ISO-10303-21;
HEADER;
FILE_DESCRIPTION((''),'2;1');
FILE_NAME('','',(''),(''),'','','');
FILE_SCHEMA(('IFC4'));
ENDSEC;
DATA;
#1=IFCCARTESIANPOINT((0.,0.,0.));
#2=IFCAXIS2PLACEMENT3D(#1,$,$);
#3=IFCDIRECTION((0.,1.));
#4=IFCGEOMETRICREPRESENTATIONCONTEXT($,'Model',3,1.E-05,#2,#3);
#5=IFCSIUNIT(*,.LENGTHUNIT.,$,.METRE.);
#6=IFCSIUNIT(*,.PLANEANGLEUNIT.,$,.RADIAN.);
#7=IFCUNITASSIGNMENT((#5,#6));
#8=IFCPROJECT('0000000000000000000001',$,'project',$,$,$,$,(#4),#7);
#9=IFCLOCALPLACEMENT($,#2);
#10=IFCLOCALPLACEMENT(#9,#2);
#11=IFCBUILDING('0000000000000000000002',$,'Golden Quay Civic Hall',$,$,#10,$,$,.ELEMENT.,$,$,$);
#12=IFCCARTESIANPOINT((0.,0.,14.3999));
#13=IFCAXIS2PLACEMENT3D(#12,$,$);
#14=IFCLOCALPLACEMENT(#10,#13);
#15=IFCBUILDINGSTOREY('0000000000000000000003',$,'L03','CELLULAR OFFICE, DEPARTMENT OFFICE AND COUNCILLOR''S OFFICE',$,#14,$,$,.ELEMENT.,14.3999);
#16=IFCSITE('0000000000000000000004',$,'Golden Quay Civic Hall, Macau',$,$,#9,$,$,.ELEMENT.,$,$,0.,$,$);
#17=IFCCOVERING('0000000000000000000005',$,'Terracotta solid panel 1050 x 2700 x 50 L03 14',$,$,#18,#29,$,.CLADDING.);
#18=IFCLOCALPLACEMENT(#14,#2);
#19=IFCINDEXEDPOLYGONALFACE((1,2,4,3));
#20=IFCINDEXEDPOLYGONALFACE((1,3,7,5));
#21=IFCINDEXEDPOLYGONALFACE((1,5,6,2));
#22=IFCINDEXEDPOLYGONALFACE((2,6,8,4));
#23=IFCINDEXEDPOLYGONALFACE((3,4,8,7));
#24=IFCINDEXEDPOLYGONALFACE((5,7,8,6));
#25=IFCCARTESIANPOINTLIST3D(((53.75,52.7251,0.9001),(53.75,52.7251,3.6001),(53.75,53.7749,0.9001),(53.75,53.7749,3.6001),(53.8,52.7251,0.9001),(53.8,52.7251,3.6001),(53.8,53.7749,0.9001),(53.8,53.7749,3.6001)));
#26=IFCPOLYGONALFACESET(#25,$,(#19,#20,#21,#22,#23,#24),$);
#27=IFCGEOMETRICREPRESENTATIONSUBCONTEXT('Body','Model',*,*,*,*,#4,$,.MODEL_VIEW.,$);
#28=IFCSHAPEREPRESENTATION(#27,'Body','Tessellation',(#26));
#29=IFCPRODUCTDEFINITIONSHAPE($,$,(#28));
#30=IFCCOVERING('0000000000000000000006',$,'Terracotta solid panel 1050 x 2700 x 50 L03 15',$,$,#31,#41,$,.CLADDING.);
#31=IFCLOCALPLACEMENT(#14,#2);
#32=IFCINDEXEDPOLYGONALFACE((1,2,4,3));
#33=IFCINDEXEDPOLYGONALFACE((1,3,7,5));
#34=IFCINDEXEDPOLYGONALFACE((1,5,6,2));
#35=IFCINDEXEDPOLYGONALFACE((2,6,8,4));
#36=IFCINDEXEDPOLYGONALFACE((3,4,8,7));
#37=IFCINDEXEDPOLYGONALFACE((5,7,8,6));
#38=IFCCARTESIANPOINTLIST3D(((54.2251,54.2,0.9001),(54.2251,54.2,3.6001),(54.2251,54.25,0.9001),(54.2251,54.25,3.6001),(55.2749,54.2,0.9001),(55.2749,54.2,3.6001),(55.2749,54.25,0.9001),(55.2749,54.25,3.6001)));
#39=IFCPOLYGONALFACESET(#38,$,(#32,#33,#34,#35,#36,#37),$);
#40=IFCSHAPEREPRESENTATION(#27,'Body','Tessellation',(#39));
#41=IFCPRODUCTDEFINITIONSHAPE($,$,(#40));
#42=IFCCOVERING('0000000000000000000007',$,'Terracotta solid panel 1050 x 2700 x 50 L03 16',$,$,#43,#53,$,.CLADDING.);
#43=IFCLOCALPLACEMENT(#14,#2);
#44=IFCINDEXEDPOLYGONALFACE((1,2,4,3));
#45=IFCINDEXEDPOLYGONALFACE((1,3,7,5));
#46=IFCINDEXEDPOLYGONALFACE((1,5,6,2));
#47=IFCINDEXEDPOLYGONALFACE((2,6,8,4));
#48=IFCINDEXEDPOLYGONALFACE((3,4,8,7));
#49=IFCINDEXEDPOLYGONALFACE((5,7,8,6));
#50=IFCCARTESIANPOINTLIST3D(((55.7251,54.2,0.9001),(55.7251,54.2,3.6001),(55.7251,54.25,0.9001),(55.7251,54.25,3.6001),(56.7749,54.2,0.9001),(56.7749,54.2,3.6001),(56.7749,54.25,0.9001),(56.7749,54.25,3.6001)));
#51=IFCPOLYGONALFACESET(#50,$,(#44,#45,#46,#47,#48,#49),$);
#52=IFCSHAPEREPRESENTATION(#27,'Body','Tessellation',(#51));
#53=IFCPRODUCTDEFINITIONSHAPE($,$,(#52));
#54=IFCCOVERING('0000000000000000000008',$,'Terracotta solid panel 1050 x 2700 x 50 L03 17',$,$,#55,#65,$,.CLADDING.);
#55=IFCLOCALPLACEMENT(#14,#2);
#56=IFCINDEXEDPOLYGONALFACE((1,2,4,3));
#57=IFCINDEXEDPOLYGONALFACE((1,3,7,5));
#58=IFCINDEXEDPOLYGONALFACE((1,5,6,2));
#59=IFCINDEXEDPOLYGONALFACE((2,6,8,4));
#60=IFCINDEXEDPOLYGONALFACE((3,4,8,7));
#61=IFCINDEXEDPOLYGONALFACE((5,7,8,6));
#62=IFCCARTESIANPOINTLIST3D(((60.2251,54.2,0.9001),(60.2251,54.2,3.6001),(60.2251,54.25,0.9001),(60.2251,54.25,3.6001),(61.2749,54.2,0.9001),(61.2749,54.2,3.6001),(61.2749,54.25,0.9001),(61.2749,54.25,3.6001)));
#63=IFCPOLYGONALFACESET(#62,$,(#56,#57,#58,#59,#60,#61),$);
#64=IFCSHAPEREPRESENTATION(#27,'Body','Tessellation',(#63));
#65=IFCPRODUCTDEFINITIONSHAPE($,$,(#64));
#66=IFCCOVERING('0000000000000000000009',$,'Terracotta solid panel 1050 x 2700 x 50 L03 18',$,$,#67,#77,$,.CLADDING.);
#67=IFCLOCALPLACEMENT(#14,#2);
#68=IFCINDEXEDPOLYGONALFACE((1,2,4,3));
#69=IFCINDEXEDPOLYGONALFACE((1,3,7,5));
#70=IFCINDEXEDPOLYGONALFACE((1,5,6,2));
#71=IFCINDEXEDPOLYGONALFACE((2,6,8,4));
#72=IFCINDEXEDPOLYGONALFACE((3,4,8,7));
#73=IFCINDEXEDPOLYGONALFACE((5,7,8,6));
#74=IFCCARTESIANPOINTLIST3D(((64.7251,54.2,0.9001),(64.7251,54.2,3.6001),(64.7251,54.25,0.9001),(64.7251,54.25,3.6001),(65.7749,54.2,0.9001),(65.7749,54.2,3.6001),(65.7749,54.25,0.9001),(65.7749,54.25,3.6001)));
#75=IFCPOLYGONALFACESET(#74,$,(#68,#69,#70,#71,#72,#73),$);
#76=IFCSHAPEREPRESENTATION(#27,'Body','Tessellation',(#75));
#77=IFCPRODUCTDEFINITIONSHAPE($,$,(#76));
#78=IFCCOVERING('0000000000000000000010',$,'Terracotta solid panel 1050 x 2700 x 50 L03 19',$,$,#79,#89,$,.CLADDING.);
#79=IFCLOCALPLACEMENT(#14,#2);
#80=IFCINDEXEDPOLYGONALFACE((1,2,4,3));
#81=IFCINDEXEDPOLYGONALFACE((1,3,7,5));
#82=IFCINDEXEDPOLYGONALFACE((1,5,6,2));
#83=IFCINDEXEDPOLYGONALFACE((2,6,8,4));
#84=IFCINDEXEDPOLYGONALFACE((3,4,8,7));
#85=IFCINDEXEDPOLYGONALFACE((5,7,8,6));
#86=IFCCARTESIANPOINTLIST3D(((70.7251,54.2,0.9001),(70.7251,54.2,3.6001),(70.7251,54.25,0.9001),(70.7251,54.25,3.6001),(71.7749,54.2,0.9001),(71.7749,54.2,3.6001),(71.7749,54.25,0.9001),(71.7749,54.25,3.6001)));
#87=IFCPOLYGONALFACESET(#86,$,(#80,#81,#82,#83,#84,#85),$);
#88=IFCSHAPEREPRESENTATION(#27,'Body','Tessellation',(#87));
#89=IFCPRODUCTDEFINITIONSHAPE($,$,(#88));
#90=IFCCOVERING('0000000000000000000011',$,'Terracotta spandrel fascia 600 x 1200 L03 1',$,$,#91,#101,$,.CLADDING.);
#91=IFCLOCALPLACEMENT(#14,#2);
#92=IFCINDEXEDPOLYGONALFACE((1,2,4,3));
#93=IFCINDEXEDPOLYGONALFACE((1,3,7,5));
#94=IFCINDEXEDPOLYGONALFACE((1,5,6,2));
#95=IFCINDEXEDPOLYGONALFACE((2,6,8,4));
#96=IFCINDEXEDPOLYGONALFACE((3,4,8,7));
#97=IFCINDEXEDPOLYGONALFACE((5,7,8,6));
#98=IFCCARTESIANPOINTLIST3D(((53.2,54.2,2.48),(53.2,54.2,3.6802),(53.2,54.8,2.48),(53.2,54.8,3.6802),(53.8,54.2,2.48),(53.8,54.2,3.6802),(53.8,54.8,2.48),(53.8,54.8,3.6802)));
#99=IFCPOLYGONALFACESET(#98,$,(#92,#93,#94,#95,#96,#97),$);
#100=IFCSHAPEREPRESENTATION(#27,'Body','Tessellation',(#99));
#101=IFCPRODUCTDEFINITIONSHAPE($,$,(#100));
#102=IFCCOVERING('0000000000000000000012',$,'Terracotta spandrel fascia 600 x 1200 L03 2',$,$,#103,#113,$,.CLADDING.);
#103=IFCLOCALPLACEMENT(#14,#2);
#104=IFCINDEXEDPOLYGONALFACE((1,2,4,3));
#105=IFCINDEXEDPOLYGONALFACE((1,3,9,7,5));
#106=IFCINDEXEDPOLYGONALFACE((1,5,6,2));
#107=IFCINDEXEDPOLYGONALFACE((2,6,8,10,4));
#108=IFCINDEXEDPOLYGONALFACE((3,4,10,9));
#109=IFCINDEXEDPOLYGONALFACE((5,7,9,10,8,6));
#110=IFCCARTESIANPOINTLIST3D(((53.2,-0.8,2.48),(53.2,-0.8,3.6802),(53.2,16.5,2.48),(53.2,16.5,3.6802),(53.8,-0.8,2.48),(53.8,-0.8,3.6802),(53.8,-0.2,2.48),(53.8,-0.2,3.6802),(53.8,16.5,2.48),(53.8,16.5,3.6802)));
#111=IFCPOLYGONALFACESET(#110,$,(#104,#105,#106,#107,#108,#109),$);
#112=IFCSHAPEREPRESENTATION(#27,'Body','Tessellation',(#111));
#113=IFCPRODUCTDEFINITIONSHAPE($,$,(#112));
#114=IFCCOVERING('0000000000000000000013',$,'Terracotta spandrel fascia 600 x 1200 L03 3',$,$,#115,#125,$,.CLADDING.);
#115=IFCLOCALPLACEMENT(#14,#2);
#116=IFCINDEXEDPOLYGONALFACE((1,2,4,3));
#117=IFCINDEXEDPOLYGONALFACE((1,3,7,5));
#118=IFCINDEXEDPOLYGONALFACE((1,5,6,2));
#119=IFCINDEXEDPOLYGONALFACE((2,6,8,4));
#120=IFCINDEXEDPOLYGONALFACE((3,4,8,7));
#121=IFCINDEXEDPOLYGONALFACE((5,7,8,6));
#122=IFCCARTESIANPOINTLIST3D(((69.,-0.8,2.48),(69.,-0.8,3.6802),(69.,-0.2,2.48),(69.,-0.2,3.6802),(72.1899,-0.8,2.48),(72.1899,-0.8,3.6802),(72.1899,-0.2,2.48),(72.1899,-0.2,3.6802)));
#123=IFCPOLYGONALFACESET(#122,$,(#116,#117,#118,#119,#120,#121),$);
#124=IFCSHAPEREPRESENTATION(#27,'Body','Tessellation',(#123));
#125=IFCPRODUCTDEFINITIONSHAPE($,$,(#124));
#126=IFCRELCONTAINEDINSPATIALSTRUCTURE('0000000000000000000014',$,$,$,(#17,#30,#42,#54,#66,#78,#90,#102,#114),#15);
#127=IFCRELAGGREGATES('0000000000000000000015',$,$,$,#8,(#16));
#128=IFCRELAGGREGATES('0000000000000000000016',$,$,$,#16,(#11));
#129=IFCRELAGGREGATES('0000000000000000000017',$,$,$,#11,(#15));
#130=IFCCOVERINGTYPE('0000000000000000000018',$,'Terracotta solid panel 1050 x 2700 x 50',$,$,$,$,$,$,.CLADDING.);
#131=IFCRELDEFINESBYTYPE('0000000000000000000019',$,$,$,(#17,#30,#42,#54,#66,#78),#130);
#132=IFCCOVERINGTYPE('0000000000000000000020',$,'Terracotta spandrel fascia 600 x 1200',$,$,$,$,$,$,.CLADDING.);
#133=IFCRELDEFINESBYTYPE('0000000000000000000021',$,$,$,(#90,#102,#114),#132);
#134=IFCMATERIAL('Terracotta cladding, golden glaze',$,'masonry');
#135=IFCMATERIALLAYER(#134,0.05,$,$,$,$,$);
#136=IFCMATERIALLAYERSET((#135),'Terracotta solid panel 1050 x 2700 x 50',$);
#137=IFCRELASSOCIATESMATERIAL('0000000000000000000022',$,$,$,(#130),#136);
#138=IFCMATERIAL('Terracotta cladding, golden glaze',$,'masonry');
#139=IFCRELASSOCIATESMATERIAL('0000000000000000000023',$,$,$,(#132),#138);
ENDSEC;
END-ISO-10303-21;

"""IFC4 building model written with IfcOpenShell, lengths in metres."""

from ifc_helpers import new_model, si_unit, direction, frame, origin, place, context, subcontext, project, spatial, polyline, outline, extrude, material, layer, layer_set, type_object, element, save


model = new_model("IFC4")

# Units and contexts
model_context = context("Model", 3, precision=1e-05, world=origin(), true_north=direction((0.0, 1.0)))
body_context = subcontext(model_context, "Body", "Model", "MODEL_VIEW")
ifc_project = project(units=[si_unit("LENGTHUNIT", "METRE"), si_unit("PLANEANGLEUNIT", "RADIAN")], contexts=[model_context])

# Site, building, storey
site_placement = place(None, origin())
site = spatial("IfcSite", under=ifc_project, at=site_placement, Name="Golden Quay Civic Hall, Macau", CompositionType="ELEMENT", RefElevation=0.0)
building_placement = place(site_placement, origin())
building = spatial("IfcBuilding", under=site, at=building_placement, Name="Golden Quay Civic Hall", CompositionType="ELEMENT")
storey_placement = place(building_placement, frame((0.0, 0.0, 14.3999)))
storey = spatial("IfcBuildingStorey", under=building, at=storey_placement, Name="L03", Description="CELLULAR OFFICE, DEPARTMENT OFFICE AND COUNCILLOR'S OFFICE", CompositionType="ELEMENT", Elevation=14.3999)

# Coverings
ifc_material_1 = material(Name="Terracotta cladding, golden glaze", Category="masonry")
ifc_layer_1 = layer(ifc_material_1, 0.05)
ifc_layer_set_1 = layer_set([ifc_layer_1], Name="Terracotta solid panel 1050 x 2700 x 50")
covering_type_1 = type_object("IfcCoveringType", Name="Terracotta solid panel 1050 x 2700 x 50", PredefinedType="CLADDING", material=ifc_layer_set_1)
covering_1_placement = place(storey_placement, frame((0.0, 0.0, 0.9001)))
element("IfcCovering", 1, at=covering_1_placement, inside=storey, type_object=covering_type_1, Name="Terracotta solid panel 1050 x 2700 x 50 L03 14", PredefinedType="CLADDING", context=body_context, shape_type="SweptSolid", body=[
    extrude(outline(polyline([(53.8, 52.7251), (53.8, 53.7749), (53.75, 53.7749), (53.75, 52.7251), (53.8, 52.7251)])), origin(), (0.0, 0.0, 1.0), 2.7),
])
covering_2_placement = place(storey_placement, frame((0.0, 0.0, 0.9001)))
element("IfcCovering", 2, at=covering_2_placement, inside=storey, type_object=covering_type_1, Name="Terracotta solid panel 1050 x 2700 x 50 L03 15", PredefinedType="CLADDING", context=body_context, shape_type="SweptSolid", body=[
    extrude(outline(polyline([(54.2251, 54.2), (55.2749, 54.2), (55.2749, 54.25), (54.2251, 54.25), (54.2251, 54.2)])), origin(), (0.0, 0.0, 1.0), 2.7),
])
covering_3_placement = place(storey_placement, frame((0.0, 0.0, 0.9001)))
element("IfcCovering", 3, at=covering_3_placement, inside=storey, type_object=covering_type_1, Name="Terracotta solid panel 1050 x 2700 x 50 L03 16", PredefinedType="CLADDING", context=body_context, shape_type="SweptSolid", body=[
    extrude(outline(polyline([(55.7251, 54.2), (56.7749, 54.2), (56.7749, 54.25), (55.7251, 54.25), (55.7251, 54.2)])), origin(), (0.0, 0.0, 1.0), 2.7),
])
covering_4_placement = place(storey_placement, frame((0.0, 0.0, 0.9001)))
element("IfcCovering", 4, at=covering_4_placement, inside=storey, type_object=covering_type_1, Name="Terracotta solid panel 1050 x 2700 x 50 L03 17", PredefinedType="CLADDING", context=body_context, shape_type="SweptSolid", body=[
    extrude(outline(polyline([(60.2251, 54.2), (61.2749, 54.2), (61.2749, 54.25), (60.2251, 54.25), (60.2251, 54.2)])), origin(), (0.0, 0.0, 1.0), 2.7),
])
covering_5_placement = place(storey_placement, frame((0.0, 0.0, 0.9001)))
element("IfcCovering", 5, at=covering_5_placement, inside=storey, type_object=covering_type_1, Name="Terracotta solid panel 1050 x 2700 x 50 L03 18", PredefinedType="CLADDING", context=body_context, shape_type="SweptSolid", body=[
    extrude(outline(polyline([(64.7251, 54.2), (65.7749, 54.2), (65.7749, 54.25), (64.7251, 54.25), (64.7251, 54.2)])), origin(), (0.0, 0.0, 1.0), 2.7),
])
covering_6_placement = place(storey_placement, frame((0.0, 0.0, 0.9001)))
element("IfcCovering", 6, at=covering_6_placement, inside=storey, type_object=covering_type_1, Name="Terracotta solid panel 1050 x 2700 x 50 L03 19", PredefinedType="CLADDING", context=body_context, shape_type="SweptSolid", body=[
    extrude(outline(polyline([(70.7251, 54.2), (71.7749, 54.2), (71.7749, 54.25), (70.7251, 54.25), (70.7251, 54.2)])), origin(), (0.0, 0.0, 1.0), 2.7),
])
ifc_material_2 = material(Name="Terracotta cladding, golden glaze", Category="masonry")
covering_type_2 = type_object("IfcCoveringType", Name="Terracotta spandrel fascia 600 x 1200", PredefinedType="CLADDING", material=ifc_material_2)
covering_7_placement = place(storey_placement, frame((0.0, 0.0, 2.48)))
element("IfcCovering", 7, at=covering_7_placement, inside=storey, type_object=covering_type_2, Name="Terracotta spandrel fascia 600 x 1200 L03 1", PredefinedType="CLADDING", context=body_context, shape_type="SweptSolid", body=[
    extrude(outline(polyline([(53.2, 54.2), (53.2, 54.8), (53.8, 54.8), (53.8, 54.2), (53.2, 54.2)])), origin(), (0.0, 0.0, 1.0), 1.2002),
])
covering_8_placement = place(storey_placement, frame((0.0, 0.0, 2.48)))
element("IfcCovering", 8, at=covering_8_placement, inside=storey, type_object=covering_type_2, Name="Terracotta spandrel fascia 600 x 1200 L03 2", PredefinedType="CLADDING", context=body_context, shape_type="SweptSolid", body=[
    extrude(outline(polyline([(53.8, -0.8), (53.2, -0.8), (53.2, 16.5), (53.8, 16.5), (53.8, -0.2), (53.8, -0.8)])), origin(), (0.0, 0.0, 1.0), 1.2002),
])
covering_9_placement = place(storey_placement, frame((0.0, 0.0, 2.48)))
element("IfcCovering", 9, at=covering_9_placement, inside=storey, type_object=covering_type_2, Name="Terracotta spandrel fascia 600 x 1200 L03 3", PredefinedType="CLADDING", context=body_context, shape_type="SweptSolid", body=[
    extrude(outline(polyline([(72.1899, -0.8), (69.0, -0.8), (69.0, -0.2), (72.1899, -0.2), (72.1899, -0.8)])), origin(), (0.0, 0.0, 1.0), 1.2002),
])

save(model, "model.ifc")
